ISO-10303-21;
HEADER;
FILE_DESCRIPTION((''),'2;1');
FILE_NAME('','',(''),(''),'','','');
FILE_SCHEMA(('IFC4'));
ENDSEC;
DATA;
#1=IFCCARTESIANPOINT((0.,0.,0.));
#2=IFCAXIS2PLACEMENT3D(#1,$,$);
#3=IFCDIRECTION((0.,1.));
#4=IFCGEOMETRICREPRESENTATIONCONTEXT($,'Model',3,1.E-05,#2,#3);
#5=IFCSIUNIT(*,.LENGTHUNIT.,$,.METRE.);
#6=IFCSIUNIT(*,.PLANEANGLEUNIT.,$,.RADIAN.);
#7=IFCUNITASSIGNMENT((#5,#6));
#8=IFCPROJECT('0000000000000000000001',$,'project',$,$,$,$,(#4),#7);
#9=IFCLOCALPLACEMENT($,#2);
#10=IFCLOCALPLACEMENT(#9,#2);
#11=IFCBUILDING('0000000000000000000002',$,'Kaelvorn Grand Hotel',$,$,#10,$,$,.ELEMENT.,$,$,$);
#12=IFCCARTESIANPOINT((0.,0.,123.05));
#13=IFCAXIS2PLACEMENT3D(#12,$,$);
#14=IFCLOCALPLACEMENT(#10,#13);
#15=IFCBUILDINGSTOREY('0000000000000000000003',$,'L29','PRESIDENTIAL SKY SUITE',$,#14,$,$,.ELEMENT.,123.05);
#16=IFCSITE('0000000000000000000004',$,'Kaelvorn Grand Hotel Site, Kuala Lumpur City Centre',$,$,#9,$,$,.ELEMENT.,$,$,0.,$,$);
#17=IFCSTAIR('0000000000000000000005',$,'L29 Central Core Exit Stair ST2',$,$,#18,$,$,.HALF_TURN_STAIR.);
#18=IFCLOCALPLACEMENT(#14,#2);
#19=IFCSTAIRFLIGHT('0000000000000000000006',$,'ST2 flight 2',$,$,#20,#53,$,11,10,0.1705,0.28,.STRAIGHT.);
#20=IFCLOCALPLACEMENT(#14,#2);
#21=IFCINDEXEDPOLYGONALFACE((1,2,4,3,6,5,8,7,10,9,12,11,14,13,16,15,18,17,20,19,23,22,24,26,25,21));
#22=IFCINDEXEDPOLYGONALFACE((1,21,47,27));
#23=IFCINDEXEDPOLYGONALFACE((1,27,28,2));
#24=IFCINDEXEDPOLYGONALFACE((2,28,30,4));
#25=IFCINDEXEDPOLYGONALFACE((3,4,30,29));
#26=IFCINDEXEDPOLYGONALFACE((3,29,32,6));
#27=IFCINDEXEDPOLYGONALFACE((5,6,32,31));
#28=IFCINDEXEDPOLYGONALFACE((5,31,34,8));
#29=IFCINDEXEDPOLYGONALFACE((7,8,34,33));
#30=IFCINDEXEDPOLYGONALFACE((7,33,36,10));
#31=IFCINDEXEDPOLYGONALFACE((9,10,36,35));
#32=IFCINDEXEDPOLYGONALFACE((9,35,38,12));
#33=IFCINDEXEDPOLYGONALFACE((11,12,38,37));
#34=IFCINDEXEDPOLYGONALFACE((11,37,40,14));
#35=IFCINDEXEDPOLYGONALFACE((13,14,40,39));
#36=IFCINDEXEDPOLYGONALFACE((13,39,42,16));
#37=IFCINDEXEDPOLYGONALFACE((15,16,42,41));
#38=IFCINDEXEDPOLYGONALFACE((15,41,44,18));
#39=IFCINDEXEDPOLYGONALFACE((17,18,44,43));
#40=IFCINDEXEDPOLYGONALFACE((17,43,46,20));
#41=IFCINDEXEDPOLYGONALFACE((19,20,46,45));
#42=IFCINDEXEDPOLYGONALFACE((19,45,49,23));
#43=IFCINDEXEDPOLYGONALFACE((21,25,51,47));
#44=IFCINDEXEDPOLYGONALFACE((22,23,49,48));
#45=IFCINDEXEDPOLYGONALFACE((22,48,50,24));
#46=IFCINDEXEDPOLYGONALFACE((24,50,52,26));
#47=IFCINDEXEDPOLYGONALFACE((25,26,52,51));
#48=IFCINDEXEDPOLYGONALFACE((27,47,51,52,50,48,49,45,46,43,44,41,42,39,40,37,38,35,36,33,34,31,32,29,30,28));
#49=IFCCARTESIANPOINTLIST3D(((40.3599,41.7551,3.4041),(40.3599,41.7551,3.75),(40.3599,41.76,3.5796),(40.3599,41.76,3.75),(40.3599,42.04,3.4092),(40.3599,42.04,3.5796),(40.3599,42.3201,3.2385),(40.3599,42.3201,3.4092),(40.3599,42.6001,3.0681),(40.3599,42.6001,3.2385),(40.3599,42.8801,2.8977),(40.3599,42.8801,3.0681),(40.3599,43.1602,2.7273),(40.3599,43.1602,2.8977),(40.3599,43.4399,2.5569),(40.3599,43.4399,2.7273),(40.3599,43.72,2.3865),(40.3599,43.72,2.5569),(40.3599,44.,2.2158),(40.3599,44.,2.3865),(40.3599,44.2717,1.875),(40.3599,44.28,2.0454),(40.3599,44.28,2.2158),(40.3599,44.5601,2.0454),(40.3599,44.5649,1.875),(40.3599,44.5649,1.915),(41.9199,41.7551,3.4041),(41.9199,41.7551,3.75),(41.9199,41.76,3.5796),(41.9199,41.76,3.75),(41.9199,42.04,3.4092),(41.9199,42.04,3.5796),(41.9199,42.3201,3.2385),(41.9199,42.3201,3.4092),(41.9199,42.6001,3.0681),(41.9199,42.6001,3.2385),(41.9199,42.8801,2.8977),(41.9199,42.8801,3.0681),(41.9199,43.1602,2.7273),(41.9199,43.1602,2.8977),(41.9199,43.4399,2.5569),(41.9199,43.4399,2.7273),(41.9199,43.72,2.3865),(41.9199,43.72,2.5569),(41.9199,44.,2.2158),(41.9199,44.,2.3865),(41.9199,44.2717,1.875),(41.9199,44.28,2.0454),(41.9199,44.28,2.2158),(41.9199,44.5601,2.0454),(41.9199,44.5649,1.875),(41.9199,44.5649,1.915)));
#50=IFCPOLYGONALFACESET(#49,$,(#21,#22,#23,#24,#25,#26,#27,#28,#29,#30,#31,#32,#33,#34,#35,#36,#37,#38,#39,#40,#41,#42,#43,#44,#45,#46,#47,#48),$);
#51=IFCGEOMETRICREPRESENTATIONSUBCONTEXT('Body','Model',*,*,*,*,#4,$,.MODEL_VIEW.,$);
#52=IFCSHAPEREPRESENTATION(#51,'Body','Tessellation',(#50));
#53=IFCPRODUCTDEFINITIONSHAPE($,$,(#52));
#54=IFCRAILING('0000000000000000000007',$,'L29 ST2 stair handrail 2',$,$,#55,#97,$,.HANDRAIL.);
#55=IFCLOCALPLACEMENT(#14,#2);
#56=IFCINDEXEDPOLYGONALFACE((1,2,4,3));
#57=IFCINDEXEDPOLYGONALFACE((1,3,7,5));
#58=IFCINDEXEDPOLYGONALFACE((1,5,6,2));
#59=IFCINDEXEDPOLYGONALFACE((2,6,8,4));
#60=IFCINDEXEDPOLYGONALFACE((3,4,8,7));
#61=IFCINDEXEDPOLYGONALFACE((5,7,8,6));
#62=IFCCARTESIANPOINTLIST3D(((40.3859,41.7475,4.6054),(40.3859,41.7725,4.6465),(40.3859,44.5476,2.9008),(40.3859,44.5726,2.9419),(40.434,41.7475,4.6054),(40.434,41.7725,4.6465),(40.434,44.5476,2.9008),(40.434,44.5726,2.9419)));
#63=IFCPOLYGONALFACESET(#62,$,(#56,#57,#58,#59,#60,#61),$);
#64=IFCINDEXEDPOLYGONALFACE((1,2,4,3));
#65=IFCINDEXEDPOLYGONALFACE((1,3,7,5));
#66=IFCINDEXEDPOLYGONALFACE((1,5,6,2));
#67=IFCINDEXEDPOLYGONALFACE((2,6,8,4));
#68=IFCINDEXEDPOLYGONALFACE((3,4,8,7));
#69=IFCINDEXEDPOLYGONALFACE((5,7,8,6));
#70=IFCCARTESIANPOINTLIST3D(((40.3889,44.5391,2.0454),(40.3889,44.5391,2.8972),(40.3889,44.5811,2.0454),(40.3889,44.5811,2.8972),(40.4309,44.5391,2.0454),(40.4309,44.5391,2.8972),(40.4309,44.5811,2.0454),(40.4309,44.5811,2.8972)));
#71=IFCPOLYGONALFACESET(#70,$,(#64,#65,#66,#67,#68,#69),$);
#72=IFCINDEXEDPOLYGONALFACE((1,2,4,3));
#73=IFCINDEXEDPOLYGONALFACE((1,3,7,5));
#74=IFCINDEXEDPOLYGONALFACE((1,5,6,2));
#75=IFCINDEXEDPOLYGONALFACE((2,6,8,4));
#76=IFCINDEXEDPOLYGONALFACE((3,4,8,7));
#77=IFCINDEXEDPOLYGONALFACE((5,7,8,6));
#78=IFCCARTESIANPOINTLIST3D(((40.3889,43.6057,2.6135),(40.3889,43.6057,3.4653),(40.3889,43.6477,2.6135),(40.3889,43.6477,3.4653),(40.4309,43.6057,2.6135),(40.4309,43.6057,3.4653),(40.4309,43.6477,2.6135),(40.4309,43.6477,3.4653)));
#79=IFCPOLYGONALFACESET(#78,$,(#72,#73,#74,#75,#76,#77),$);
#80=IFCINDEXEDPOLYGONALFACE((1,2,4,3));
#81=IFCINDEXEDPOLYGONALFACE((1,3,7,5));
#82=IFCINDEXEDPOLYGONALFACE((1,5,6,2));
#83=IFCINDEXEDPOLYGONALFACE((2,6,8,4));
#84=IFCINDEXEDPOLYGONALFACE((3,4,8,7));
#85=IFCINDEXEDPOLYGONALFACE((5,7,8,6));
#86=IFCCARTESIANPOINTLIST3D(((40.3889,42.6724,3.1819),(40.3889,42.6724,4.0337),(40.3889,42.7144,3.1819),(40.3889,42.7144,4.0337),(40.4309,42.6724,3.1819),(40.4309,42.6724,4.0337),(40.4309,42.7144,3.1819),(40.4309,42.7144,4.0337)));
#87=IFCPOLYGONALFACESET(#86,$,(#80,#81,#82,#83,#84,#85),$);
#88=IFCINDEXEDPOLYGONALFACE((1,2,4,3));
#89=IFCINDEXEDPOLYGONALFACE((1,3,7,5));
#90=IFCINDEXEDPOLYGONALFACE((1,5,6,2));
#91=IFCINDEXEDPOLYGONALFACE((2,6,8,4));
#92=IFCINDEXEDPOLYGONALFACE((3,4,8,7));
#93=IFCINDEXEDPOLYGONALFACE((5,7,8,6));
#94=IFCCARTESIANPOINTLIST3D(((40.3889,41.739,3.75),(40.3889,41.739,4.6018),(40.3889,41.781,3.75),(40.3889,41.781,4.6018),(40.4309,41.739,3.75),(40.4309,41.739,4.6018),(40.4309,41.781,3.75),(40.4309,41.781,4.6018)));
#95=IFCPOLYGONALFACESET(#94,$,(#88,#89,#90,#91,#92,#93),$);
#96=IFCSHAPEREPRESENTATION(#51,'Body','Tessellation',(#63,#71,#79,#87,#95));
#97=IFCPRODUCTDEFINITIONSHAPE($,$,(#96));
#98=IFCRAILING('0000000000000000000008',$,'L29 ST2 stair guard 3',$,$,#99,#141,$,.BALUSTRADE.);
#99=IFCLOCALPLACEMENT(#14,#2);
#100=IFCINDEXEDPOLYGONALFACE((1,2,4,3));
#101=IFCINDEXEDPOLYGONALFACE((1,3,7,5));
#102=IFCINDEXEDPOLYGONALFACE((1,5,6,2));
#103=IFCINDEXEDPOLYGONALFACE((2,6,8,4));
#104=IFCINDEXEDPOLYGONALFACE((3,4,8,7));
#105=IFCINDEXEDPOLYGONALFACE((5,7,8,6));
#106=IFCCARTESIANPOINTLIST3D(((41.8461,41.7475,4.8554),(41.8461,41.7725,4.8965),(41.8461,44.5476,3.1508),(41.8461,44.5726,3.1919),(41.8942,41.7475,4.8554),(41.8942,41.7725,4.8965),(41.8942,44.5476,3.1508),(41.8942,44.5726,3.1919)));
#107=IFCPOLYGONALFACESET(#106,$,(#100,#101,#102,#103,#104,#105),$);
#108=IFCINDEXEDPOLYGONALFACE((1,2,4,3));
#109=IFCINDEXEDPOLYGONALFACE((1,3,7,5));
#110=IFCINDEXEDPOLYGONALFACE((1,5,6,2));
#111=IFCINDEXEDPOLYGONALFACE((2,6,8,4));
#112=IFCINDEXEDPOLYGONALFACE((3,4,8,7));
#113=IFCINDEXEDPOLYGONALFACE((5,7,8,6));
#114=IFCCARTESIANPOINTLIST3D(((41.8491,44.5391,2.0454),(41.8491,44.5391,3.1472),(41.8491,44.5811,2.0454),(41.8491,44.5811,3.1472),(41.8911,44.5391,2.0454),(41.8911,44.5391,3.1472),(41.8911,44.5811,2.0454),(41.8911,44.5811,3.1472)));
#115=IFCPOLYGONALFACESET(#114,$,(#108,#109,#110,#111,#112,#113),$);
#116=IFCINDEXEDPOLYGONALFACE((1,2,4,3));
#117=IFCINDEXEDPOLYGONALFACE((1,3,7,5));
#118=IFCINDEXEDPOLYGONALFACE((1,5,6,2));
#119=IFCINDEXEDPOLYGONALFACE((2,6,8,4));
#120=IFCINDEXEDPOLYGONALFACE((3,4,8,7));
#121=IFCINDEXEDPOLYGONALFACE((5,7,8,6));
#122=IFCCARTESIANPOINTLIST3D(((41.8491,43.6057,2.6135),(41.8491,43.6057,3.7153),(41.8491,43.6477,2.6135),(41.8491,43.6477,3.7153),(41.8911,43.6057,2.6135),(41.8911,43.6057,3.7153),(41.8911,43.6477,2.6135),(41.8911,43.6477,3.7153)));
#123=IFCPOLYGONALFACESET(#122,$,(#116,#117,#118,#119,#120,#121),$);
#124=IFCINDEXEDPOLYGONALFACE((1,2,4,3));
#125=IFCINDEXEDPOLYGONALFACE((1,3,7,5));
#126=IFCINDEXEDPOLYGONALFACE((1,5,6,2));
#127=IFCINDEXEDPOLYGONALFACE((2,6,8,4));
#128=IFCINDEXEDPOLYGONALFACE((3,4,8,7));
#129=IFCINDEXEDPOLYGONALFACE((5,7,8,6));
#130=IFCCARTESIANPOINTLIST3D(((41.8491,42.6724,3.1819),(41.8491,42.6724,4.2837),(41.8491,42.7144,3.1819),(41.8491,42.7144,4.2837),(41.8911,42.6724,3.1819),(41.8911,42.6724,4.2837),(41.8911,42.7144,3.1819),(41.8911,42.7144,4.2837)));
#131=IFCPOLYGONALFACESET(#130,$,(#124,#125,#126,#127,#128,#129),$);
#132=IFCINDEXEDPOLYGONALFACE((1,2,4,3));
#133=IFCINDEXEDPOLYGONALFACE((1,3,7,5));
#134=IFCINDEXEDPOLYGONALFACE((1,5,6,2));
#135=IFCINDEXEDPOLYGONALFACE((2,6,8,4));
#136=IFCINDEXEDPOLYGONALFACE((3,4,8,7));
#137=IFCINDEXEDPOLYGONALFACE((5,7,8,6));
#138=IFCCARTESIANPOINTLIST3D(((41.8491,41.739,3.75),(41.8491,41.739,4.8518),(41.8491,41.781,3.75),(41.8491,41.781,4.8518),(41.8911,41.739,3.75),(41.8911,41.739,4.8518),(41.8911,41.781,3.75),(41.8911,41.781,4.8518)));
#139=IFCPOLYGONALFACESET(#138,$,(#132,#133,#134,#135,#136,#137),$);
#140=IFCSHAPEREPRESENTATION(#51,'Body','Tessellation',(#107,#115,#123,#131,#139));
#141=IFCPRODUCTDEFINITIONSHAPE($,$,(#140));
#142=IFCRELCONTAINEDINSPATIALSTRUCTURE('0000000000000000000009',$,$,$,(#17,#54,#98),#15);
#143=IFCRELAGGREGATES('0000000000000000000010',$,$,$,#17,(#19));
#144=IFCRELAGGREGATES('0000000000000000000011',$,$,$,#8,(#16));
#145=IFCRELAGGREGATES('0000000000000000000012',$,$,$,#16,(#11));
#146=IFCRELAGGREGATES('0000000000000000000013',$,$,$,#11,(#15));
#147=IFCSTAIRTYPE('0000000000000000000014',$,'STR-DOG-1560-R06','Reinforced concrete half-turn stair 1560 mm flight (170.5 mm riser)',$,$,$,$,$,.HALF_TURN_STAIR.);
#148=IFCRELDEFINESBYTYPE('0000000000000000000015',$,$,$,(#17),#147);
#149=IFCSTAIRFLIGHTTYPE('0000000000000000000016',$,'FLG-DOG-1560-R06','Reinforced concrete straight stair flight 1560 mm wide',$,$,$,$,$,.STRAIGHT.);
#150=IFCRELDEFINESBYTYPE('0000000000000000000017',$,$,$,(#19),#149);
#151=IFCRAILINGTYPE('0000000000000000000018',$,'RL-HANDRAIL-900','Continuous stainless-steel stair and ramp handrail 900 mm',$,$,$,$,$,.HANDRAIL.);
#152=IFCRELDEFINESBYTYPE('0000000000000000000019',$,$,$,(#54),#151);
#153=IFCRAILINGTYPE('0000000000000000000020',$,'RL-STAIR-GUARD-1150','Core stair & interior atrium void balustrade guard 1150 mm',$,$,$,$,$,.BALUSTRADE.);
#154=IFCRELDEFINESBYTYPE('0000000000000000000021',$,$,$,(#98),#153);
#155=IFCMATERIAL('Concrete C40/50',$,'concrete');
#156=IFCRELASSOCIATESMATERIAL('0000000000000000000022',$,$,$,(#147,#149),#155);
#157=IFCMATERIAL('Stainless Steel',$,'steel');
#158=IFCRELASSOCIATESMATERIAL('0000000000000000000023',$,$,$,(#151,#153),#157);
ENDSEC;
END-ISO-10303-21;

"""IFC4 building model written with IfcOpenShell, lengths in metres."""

from ifc_helpers import new_model, si_unit, direction, frame, origin, origin_2d, place, context, subcontext, project, spatial, polyline, rectangle, outline, extrude, material, type_object, element, aggregate, save


model = new_model("IFC4")

# Units and contexts
model_context = context("Model", 3, precision=1e-05, world=origin(), true_north=direction((0.0, 1.0)))
body_context = subcontext(model_context, "Body", "Model", "MODEL_VIEW")
ifc_project = project(units=[si_unit("LENGTHUNIT", "METRE"), si_unit("PLANEANGLEUNIT", "RADIAN")], contexts=[model_context])

# Site, building, storey
site_placement = place(None, origin())
site = spatial("IfcSite", under=ifc_project, at=site_placement, Name="Kaelvorn Grand Hotel Site, Kuala Lumpur City Centre", CompositionType="ELEMENT", RefElevation=0.0)
building_placement = place(site_placement, origin())
building = spatial("IfcBuilding", under=site, at=building_placement, Name="Kaelvorn Grand Hotel", CompositionType="ELEMENT")
storey_placement = place(building_placement, frame((0.0, 0.0, 123.05)))
storey = spatial("IfcBuildingStorey", under=building, at=storey_placement, Name="L29", Description="PRESIDENTIAL SKY SUITE", CompositionType="ELEMENT", Elevation=123.05)

# Shared definitions
ifc_material_1 = material(Name="Concrete C40/50", Category="concrete")

# Stair, stair flight
stair_type = type_object("IfcStairType", Name="STR-DOG-1560-R06", Description="Reinforced concrete half-turn stair 1560 mm flight (170.5 mm riser)", PredefinedType="HALF_TURN_STAIR", material=ifc_material_1)
stair_placement = place(storey_placement, origin())
stair = element("IfcStair", 1, at=stair_placement, inside=storey, type_object=stair_type, Name="L29 Central Core Exit Stair ST2", PredefinedType="HALF_TURN_STAIR")
stair_flight_type = type_object("IfcStairFlightType", Name="FLG-DOG-1560-R06", Description="Reinforced concrete straight stair flight 1560 mm wide", PredefinedType="STRAIGHT", material=ifc_material_1)
stair_flight_placement = place(storey_placement, frame((41.1399, 44.5601, 1.875), z_axis=(0.0, 0.0, 1.0), x_axis=(0.0, -1.0, 0.0)))
stair_flight = element("IfcStairFlight", 2, at=stair_flight_placement, type_object=stair_flight_type, Name="ST2 flight 2", NumberOfRisers=11, NumberOfTreads=10, PredefinedType="STRAIGHT", RiserHeight=0.1705, TreadLength=0.28, context=body_context, shape_type="SweptSolid", body=[
    extrude(outline(polyline([(-0.0049, 0.0), (-0.0049, 0.04), (0.0, 0.1704), (0.28, 0.1704), (0.28, 0.3408), (0.5601, 0.3408), (0.5601, 0.5115), (0.8401, 0.5115), (0.8401, 0.6819), (1.1201, 0.6819), (1.1201, 0.8523), (1.3999, 0.8523), (1.3999, 1.0227), (1.6799, 1.0227), (1.6799, 1.1931), (1.96, 1.1931), (1.96, 1.3635), (2.24, 1.3635), (2.24, 1.5342), (2.52, 1.5342), (2.52, 1.7046), (2.8, 1.7046), (2.8, 1.875), (2.8049, 1.875), (2.8049, 1.5291), (0.2883, 0.0), (-0.0049, 0.0)])), frame((0.0, 0.78, 0.0), z_axis=(0.0, -1.0, 0.0), x_axis=(1.0, 0.0, 0.0)), (0.0, 0.0, 1.0), 1.5601),
])
aggregate(stair, [stair_flight])

# Railings
ifc_material_2 = material(Name="Stainless Steel", Category="steel")
railing_type_1 = type_object("IfcRailingType", Name="RL-HANDRAIL-900", Description="Continuous stainless-steel stair and ramp handrail 900 mm", PredefinedType="HANDRAIL", material=ifc_material_2)
railing_1_placement = place(storey_placement, frame((40.4099, 44.5601, 2.0454)))
element("IfcRailing", 3, at=railing_1_placement, inside=storey, type_object=railing_type_1, Name="L29 ST2 stair handrail 2", PredefinedType="HANDRAIL", context=body_context, shape_type="SweptSolid", body=[
    extrude(rectangle(XDim=0.0481, YDim=0.0481, at=origin_2d()), frame((0.0, 0.0, 0.876), z_axis=(0.0, -0.85417, 0.519994), x_axis=(1.0, 0.0, 0.0)), (0.0, 0.0, 1.0), 3.2781),
    extrude(rectangle(XDim=0.042, YDim=0.042, at=origin_2d()), origin(), (0.0, 0.0, 1.0), 0.8518),
    extrude(rectangle(XDim=0.042, YDim=0.042, at=origin_2d()), frame((0.0, -0.9333, 0.5681)), (0.0, 0.0, 1.0), 0.8518),
    extrude(rectangle(XDim=0.042, YDim=0.042, at=origin_2d()), frame((0.0, -1.8667, 1.1365)), (0.0, 0.0, 1.0), 0.8518),
    extrude(rectangle(XDim=0.042, YDim=0.042, at=origin_2d()), frame((0.0, -2.8, 1.7046)), (0.0, 0.0, 1.0), 0.8518),
])
railing_type_2 = type_object("IfcRailingType", Name="RL-STAIR-GUARD-1150", Description="Core stair & interior atrium void balustrade guard 1150 mm", PredefinedType="BALUSTRADE", material=ifc_material_2)
railing_2_placement = place(storey_placement, frame((41.8701, 44.5601, 2.0454)))
element("IfcRailing", 4, at=railing_2_placement, inside=storey, type_object=railing_type_2, Name="L29 ST2 stair guard 3", PredefinedType="BALUSTRADE", context=body_context, shape_type="SweptSolid", body=[
    extrude(rectangle(XDim=0.0481, YDim=0.0481, at=origin_2d()), frame((0.0, 0.0, 1.126), z_axis=(0.0, -0.85417, 0.519994), x_axis=(1.0, 0.0, 0.0)), (0.0, 0.0, 1.0), 3.2781),
    extrude(rectangle(XDim=0.042, YDim=0.042, at=origin_2d()), origin(), (0.0, 0.0, 1.0), 1.1018),
    extrude(rectangle(XDim=0.042, YDim=0.042, at=origin_2d()), frame((0.0, -0.9333, 0.5681)), (0.0, 0.0, 1.0), 1.1018),
    extrude(rectangle(XDim=0.042, YDim=0.042, at=origin_2d()), frame((0.0, -1.8667, 1.1365)), (0.0, 0.0, 1.0), 1.1018),
    extrude(rectangle(XDim=0.042, YDim=0.042, at=origin_2d()), frame((0.0, -2.8, 1.7046)), (0.0, 0.0, 1.0), 1.1018),
])

save(model, "model.ifc")
